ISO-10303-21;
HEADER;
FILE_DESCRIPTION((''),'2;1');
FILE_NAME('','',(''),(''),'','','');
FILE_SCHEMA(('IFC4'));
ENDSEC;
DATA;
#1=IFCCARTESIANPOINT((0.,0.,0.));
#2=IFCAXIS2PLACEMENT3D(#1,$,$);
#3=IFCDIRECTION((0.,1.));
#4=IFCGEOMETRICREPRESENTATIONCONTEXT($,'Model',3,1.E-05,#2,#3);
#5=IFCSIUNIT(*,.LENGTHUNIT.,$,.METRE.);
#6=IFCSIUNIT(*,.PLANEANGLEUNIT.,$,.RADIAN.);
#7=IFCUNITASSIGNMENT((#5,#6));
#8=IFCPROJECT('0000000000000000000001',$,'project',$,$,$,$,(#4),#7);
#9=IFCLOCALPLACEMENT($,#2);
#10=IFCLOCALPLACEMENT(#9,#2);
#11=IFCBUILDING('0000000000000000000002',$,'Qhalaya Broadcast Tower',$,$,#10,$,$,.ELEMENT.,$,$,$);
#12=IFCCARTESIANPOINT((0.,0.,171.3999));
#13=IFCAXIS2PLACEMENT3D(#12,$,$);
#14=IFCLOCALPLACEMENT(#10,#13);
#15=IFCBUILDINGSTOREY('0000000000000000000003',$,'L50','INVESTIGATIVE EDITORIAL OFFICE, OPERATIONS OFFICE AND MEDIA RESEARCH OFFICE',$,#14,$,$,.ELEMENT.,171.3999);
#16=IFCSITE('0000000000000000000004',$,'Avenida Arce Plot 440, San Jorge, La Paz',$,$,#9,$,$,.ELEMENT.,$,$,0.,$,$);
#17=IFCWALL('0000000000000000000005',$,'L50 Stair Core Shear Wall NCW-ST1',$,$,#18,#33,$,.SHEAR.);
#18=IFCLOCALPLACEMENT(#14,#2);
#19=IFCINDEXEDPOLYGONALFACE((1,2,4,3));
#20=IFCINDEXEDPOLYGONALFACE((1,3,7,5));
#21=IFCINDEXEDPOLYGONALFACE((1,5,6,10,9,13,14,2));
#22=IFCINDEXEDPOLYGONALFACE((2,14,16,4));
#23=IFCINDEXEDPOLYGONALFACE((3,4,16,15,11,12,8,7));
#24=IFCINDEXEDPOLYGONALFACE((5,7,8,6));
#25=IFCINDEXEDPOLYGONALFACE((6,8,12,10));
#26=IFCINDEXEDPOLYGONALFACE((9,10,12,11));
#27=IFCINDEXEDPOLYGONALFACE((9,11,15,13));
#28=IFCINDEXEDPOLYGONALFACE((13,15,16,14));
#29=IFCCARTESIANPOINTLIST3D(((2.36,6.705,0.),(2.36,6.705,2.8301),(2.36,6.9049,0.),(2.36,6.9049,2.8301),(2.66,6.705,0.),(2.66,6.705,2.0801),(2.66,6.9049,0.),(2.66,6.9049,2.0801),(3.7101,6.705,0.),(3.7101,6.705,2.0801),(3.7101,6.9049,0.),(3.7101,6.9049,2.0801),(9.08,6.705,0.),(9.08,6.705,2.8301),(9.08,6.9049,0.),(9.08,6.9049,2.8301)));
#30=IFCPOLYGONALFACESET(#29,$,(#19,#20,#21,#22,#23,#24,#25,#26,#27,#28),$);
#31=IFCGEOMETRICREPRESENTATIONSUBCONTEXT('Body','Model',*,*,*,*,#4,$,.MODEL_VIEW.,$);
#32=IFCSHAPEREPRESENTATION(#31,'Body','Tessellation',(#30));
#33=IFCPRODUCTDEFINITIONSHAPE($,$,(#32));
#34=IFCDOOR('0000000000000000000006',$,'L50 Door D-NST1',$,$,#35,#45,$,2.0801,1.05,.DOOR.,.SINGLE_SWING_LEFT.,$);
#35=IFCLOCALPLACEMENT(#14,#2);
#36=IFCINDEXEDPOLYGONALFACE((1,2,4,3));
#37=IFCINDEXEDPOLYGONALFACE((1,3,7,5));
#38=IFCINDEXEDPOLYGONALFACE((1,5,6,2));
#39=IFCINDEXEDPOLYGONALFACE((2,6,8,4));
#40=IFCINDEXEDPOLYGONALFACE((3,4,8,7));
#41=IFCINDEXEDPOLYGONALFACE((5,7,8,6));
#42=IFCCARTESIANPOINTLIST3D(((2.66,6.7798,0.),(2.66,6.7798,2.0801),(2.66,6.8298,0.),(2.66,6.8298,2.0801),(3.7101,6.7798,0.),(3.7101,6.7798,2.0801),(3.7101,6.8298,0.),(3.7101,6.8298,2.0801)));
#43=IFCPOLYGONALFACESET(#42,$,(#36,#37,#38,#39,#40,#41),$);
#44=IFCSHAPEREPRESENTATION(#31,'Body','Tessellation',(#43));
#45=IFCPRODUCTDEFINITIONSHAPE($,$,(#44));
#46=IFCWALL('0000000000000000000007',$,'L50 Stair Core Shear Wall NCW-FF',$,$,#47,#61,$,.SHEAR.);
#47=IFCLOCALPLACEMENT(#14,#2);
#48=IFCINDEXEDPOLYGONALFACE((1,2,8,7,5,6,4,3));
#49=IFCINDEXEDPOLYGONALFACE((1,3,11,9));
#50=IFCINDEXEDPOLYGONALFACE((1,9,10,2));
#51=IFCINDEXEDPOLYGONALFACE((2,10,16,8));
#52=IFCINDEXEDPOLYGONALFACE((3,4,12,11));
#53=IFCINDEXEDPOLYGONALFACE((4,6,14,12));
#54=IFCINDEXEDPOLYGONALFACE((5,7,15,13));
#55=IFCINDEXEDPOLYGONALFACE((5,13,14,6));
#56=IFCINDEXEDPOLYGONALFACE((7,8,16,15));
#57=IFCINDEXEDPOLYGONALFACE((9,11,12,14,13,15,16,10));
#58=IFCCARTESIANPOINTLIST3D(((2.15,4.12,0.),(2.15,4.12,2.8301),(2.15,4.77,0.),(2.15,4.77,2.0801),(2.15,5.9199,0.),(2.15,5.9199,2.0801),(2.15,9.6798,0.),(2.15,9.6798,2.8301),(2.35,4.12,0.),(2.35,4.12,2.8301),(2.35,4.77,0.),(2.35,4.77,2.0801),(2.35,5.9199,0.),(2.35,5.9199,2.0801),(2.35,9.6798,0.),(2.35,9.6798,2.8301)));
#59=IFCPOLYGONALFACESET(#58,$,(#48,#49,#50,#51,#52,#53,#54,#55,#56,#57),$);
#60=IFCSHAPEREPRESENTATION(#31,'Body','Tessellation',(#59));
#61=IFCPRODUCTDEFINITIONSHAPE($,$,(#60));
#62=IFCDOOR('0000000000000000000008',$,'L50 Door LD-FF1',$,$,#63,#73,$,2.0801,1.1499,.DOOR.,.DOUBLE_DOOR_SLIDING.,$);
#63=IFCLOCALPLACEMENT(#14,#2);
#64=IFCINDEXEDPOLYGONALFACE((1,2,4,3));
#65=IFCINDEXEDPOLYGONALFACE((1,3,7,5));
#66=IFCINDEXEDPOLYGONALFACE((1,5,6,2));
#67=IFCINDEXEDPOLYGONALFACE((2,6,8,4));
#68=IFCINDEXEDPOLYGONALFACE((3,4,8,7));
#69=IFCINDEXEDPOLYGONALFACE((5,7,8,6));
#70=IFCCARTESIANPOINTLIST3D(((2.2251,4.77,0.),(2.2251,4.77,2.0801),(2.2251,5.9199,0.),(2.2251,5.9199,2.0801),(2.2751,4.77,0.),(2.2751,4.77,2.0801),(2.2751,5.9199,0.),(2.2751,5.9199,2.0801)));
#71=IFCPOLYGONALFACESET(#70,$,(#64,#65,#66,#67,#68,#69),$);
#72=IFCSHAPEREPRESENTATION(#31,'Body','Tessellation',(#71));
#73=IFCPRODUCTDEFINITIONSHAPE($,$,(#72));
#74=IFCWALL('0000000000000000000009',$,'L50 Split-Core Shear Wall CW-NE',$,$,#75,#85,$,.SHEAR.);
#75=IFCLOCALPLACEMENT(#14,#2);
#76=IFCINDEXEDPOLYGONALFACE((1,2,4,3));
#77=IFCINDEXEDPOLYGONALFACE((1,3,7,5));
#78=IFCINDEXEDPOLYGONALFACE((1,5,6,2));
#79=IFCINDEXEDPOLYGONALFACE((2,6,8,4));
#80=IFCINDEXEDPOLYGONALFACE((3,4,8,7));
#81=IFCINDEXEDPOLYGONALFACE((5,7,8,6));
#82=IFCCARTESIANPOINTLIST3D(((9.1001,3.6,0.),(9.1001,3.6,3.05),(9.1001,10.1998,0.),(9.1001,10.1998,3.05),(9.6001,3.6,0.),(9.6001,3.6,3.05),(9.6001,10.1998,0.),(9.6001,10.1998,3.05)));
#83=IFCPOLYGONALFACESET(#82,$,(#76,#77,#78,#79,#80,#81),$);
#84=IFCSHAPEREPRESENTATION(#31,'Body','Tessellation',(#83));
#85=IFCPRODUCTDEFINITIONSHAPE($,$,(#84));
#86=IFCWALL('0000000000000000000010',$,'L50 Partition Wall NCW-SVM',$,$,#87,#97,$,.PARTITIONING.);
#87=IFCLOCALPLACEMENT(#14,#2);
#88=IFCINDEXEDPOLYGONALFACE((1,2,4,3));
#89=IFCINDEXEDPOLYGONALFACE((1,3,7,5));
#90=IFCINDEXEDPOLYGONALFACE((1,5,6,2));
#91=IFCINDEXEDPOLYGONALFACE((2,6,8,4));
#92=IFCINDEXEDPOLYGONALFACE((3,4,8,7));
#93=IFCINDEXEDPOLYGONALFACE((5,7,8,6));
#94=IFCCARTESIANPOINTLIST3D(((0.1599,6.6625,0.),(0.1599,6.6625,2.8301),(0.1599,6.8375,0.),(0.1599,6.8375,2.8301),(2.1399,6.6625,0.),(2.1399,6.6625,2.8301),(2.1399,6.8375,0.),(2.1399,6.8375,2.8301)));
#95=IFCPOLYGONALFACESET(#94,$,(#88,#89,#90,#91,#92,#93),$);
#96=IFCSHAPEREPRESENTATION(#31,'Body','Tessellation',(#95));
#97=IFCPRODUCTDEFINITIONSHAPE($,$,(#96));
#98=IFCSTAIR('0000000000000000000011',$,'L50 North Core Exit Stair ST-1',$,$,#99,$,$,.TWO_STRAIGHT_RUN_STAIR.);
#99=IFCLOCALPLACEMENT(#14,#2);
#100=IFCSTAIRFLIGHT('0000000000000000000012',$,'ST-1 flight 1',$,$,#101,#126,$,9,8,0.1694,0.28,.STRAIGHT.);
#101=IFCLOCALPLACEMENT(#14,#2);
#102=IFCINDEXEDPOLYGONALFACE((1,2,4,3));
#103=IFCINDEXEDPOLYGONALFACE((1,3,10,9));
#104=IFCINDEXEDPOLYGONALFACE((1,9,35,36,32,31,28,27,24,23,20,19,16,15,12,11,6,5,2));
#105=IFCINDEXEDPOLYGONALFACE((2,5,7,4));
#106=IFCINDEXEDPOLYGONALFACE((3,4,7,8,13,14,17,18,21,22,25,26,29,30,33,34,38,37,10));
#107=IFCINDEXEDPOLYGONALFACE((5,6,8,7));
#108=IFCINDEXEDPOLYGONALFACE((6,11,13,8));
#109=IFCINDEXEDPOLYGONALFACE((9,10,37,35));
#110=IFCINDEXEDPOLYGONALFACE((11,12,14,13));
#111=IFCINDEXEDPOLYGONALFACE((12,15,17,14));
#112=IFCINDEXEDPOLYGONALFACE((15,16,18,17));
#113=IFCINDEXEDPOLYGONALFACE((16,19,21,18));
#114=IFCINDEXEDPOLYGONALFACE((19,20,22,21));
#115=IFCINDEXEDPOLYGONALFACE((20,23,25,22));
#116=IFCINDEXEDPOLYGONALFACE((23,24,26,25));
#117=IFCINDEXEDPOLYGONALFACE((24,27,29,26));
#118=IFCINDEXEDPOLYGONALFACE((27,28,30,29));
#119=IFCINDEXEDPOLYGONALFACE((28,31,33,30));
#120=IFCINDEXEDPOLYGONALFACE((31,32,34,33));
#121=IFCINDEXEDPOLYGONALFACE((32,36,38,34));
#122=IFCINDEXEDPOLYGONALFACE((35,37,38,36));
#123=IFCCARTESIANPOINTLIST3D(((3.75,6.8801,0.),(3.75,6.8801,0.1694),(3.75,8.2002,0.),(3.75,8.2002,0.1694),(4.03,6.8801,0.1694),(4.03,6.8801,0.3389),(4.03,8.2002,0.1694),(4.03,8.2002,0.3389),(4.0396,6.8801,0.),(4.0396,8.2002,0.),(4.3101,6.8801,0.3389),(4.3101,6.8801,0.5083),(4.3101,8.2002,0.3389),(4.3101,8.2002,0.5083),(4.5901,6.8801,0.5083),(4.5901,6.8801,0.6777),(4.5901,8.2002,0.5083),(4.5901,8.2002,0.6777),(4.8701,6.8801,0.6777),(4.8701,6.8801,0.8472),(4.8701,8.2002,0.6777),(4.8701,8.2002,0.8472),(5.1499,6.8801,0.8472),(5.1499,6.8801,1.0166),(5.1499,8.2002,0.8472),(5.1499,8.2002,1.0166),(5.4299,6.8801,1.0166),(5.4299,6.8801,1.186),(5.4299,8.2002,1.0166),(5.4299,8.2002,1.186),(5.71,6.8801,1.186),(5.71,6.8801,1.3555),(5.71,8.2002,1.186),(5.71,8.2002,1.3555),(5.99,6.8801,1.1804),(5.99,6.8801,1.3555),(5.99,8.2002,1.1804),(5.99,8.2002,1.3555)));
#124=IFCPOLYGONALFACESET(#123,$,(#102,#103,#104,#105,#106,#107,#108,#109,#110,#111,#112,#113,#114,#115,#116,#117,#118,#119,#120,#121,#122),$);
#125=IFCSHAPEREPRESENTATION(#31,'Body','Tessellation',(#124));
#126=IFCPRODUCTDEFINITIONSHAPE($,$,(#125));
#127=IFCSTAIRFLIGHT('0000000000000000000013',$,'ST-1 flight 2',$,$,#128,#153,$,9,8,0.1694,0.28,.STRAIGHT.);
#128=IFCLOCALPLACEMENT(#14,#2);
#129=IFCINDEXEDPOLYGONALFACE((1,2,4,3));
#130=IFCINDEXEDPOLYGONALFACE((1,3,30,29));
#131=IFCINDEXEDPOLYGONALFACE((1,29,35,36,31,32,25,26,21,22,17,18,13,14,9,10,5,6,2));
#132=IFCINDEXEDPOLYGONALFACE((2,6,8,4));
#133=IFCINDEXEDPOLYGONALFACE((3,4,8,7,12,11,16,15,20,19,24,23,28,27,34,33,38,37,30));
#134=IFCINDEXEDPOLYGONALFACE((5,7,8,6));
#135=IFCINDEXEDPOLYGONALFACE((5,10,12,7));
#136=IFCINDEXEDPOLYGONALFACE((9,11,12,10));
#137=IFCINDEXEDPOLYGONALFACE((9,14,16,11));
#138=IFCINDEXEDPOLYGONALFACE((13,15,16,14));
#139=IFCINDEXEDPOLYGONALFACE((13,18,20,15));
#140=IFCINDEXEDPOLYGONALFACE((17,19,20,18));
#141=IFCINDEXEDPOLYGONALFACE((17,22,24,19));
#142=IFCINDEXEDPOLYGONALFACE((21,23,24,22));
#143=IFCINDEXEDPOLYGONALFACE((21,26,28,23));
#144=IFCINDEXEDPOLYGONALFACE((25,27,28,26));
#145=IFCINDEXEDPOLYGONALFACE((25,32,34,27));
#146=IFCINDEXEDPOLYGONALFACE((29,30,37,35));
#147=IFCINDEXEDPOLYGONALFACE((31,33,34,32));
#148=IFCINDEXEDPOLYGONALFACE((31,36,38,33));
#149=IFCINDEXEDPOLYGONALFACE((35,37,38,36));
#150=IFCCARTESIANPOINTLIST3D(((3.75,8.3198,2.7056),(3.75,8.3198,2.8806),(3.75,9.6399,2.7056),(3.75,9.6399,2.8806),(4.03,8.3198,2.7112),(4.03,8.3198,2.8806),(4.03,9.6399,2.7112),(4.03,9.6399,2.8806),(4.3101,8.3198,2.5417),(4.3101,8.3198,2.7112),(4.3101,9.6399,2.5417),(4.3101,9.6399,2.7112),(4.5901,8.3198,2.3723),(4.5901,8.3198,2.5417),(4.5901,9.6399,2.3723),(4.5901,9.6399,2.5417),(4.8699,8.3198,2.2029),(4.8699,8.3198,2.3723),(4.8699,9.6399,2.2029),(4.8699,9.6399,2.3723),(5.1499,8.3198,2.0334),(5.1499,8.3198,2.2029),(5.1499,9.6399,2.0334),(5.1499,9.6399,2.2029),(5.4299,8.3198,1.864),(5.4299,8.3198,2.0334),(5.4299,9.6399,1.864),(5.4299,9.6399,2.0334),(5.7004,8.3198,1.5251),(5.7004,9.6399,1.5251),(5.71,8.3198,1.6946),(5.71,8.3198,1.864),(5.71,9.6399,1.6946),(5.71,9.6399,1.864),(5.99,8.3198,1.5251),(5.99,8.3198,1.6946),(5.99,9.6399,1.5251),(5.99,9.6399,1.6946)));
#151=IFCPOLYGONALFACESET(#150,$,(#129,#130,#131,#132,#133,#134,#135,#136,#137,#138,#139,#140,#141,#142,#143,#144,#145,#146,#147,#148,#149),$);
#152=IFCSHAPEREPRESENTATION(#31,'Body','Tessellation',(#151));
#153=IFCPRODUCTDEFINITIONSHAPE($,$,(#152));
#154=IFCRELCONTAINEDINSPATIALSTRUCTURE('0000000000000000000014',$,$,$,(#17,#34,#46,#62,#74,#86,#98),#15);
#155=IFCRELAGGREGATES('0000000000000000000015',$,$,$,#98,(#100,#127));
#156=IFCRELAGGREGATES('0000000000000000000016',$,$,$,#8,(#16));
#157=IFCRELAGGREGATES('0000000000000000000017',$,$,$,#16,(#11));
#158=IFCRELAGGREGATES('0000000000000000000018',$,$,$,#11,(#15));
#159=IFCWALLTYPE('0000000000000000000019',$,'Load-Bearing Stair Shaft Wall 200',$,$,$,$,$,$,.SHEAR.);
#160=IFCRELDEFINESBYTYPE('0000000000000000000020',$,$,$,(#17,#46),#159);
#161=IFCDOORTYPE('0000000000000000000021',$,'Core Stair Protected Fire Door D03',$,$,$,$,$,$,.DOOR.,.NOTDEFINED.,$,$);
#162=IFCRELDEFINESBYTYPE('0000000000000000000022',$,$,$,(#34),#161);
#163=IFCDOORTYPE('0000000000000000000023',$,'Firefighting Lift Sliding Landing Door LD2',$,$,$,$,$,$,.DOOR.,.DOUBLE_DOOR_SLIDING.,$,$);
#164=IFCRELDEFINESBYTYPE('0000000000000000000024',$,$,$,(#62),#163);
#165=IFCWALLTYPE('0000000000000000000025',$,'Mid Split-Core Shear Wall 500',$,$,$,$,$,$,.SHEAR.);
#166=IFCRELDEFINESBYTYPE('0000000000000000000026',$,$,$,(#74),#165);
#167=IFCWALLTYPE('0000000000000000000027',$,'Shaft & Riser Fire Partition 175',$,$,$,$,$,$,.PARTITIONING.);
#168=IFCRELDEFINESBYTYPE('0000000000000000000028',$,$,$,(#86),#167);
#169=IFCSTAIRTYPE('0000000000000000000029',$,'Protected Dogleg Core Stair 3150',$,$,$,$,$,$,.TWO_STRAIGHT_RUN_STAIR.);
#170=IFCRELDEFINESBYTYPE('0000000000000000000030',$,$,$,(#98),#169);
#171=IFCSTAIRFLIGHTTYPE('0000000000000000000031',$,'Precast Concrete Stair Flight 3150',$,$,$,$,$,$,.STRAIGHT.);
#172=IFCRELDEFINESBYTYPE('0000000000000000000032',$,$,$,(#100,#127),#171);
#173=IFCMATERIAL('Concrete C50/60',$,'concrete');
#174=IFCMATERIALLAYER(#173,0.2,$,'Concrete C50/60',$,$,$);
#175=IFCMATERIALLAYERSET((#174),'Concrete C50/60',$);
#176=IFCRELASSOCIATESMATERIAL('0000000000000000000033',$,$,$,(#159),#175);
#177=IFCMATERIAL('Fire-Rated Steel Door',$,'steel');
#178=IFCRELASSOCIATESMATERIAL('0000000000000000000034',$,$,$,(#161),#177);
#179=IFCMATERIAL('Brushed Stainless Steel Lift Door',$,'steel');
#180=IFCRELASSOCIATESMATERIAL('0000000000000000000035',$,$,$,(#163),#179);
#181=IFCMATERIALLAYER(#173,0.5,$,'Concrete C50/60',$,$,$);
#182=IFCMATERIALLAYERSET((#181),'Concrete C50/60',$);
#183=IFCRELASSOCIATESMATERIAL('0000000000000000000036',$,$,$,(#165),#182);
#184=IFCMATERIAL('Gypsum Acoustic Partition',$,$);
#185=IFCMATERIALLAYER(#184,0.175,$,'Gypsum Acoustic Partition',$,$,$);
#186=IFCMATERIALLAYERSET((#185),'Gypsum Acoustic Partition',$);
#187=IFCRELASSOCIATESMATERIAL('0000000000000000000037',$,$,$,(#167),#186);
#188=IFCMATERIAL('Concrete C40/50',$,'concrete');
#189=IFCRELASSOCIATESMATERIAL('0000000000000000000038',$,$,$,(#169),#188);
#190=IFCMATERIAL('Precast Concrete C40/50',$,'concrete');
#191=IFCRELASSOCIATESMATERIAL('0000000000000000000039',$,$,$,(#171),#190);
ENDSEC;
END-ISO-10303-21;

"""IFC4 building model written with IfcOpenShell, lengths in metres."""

from ifc_helpers import new_model, si_unit, direction, frame, frame_2d, origin, place, context, subcontext, project, spatial, polyline, rectangle, outline, extrude, material, layer, layer_set, type_object, element, fill, aggregate, save


model = new_model("IFC4")

# Units and contexts
model_context = context("Model", 3, precision=1e-05, world=origin(), true_north=direction((0.0, 1.0)))
body_context = subcontext(model_context, "Body", "Model", "MODEL_VIEW")
ifc_project = project(units=[si_unit("LENGTHUNIT", "METRE"), si_unit("PLANEANGLEUNIT", "RADIAN")], contexts=[model_context])

# Site, building, storey
site_placement = place(None, origin())
site = spatial("IfcSite", under=ifc_project, at=site_placement, Name="Avenida Arce Plot 440, San Jorge, La Paz", CompositionType="ELEMENT", RefElevation=0.0)
building_placement = place(site_placement, origin())
building = spatial("IfcBuilding", under=site, at=building_placement, Name="Qhalaya Broadcast Tower", CompositionType="ELEMENT")
storey_placement = place(building_placement, frame((0.0, 0.0, 171.3999)))
storey = spatial("IfcBuildingStorey", under=building, at=storey_placement, Name="L50", Description="INVESTIGATIVE EDITORIAL OFFICE, OPERATIONS OFFICE AND MEDIA RESEARCH OFFICE", CompositionType="ELEMENT", Elevation=171.3999)

# Shared definitions
ifc_material_1 = material(Name="Concrete C50/60", Category="concrete")

# Shared definitions
ifc_material_2 = material(Name="Gypsum Acoustic Partition")
ifc_material_3 = material(Name="Fire-Rated Steel Door", Category="steel")

# Walls, openings, doors
ifc_layer_1 = layer(ifc_material_1, 0.2, Name="Concrete C50/60")
ifc_layer_set_1 = layer_set([ifc_layer_1], Name="Concrete C50/60")
wall_type_1 = type_object("IfcWallType", Name="Load-Bearing Stair Shaft Wall 200", PredefinedType="SHEAR", material=ifc_layer_set_1)
wall_1_placement = place(storey_placement, frame((2.3601, 6.8049, 0.0), z_axis=(0.0, 0.0, 1.0), x_axis=(1.0, 0.0, 0.0)))
wall_1 = element("IfcWall", 1, at=wall_1_placement, inside=storey, type_object=wall_type_1, Name="L50 Stair Core Shear Wall NCW-ST1", PredefinedType="SHEAR", context=body_context, shape_type="SweptSolid", body=[
    extrude(rectangle(XDim=6.72, YDim=0.2, at=frame_2d((3.3599, 0.0))), origin(), (0.0, 0.0, 1.0), 2.8301),
])
opening_1_placement = place(wall_1_placement, frame((0.3, 0.0, 0.0)))
opening_1 = element("IfcOpeningElement", 2, at=opening_1_placement, cuts=wall_1, PredefinedType="OPENING", context=body_context, shape_type="SweptSolid", body=[
    extrude(rectangle(XDim=1.05, YDim=2.0801, at=frame_2d((0.5249, 1.04))), frame((0.0, 0.1121, 0.0), z_axis=(0.0, -1.0, 0.0), x_axis=(1.0, 0.0, 0.0)), (0.0, 0.0, 1.0), 0.2239),
])
door_type_1 = type_object("IfcDoorType", Name="Core Stair Protected Fire Door D03", OperationType="NOTDEFINED", PredefinedType="DOOR", material=ifc_material_3)
door_1_placement = place(opening_1_placement, origin())
door_1 = element("IfcDoor", 3, at=door_1_placement, inside=storey, type_object=door_type_1, Name="L50 Door D-NST1", OperationType="SINGLE_SWING_LEFT", OverallHeight=2.0801, OverallWidth=1.05, PredefinedType="DOOR", context=body_context, shape_type="SweptSolid", body=[
    extrude(rectangle(XDim=1.05, YDim=2.0801, at=frame_2d((0.5249, 1.04))), frame((0.0, 0.0249, 0.0), z_axis=(0.0, -1.0, 0.0), x_axis=(1.0, 0.0, 0.0)), (0.0, 0.0, 1.0), 0.05),
])
fill(opening_1, door_1)
wall_2_placement = place(storey_placement, frame((2.25, 4.1201, 0.0), z_axis=(0.0, 0.0, 1.0), x_axis=(0.0, 1.0, 0.0)))
wall_2 = element("IfcWall", 4, at=wall_2_placement, inside=storey, type_object=wall_type_1, Name="L50 Stair Core Shear Wall NCW-FF", PredefinedType="SHEAR", context=body_context, shape_type="SweptSolid", body=[
    extrude(rectangle(XDim=5.5598, YDim=0.2, at=frame_2d((2.7798, 0.0))), origin(), (0.0, 0.0, 1.0), 2.8301),
])
opening_2_placement = place(wall_2_placement, frame((0.6499, 0.0, 0.0)))
opening_2 = element("IfcOpeningElement", 5, at=opening_2_placement, cuts=wall_2, PredefinedType="OPENING", context=body_context, shape_type="SweptSolid", body=[
    extrude(rectangle(XDim=1.1499, YDim=2.0801, at=frame_2d((0.575, 1.04))), frame((0.0, 0.1121, 0.0), z_axis=(0.0, -1.0, 0.0), x_axis=(1.0, 0.0, 0.0)), (0.0, 0.0, 1.0), 0.2239),
])
ifc_material_4 = material(Name="Brushed Stainless Steel Lift Door", Category="steel")
door_type_2 = type_object("IfcDoorType", Name="Firefighting Lift Sliding Landing Door LD2", OperationType="DOUBLE_DOOR_SLIDING", PredefinedType="DOOR", material=ifc_material_4)
door_2_placement = place(opening_2_placement, origin())
door_2 = element("IfcDoor", 6, at=door_2_placement, inside=storey, type_object=door_type_2, Name="L50 Door LD-FF1", OperationType="DOUBLE_DOOR_SLIDING", OverallHeight=2.0801, OverallWidth=1.1499, PredefinedType="DOOR", context=body_context, shape_type="SweptSolid", body=[
    extrude(rectangle(XDim=1.1499, YDim=2.0801, at=frame_2d((0.575, 1.04))), frame((0.0, 0.0249, 0.0), z_axis=(0.0, -1.0, 0.0), x_axis=(1.0, 0.0, 0.0)), (0.0, 0.0, 1.0), 0.05),
])
fill(opening_2, door_2)

# Wall
ifc_layer_2 = layer(ifc_material_1, 0.5, Name="Concrete C50/60")
ifc_layer_set_2 = layer_set([ifc_layer_2], Name="Concrete C50/60")
wall_type_2 = type_object("IfcWallType", Name="Mid Split-Core Shear Wall 500", PredefinedType="SHEAR", material=ifc_layer_set_2)
wall_3_placement = place(storey_placement, frame((9.3501, 3.6001, 0.0), z_axis=(0.0, 0.0, 1.0), x_axis=(0.0, 1.0, 0.0)))
element("IfcWall", 7, at=wall_3_placement, inside=storey, type_object=wall_type_2, Name="L50 Split-Core Shear Wall CW-NE", PredefinedType="SHEAR", context=body_context, shape_type="SweptSolid", body=[
    extrude(rectangle(XDim=6.5999, YDim=0.5, at=frame_2d((3.2998, 0.0))), origin(), (0.0, 0.0, 1.0), 3.05),
])

# Shared definitions
ifc_layer_3 = layer(ifc_material_2, 0.175, Name="Gypsum Acoustic Partition")
ifc_layer_set_3 = layer_set([ifc_layer_3], Name="Gypsum Acoustic Partition")
wall_type_3 = type_object("IfcWallType", Name="Shaft & Riser Fire Partition 175", PredefinedType="PARTITIONING", material=ifc_layer_set_3)

# Wall
wall_4_placement = place(storey_placement, frame((0.1599, 6.75, 0.0), z_axis=(0.0, 0.0, 1.0), x_axis=(1.0, 0.0, 0.0)))
element("IfcWall", 8, at=wall_4_placement, inside=storey, type_object=wall_type_3, Name="L50 Partition Wall NCW-SVM", PredefinedType="PARTITIONING", context=body_context, shape_type="SweptSolid", body=[
    extrude(rectangle(XDim=1.98, YDim=0.175, at=frame_2d((0.99, 0.0))), origin(), (0.0, 0.0, 1.0), 2.8301),
])

# Stair, stair flights
ifc_material_5 = material(Name="Concrete C40/50", Category="concrete")
stair_type = type_object("IfcStairType", Name="Protected Dogleg Core Stair 3150", PredefinedType="TWO_STRAIGHT_RUN_STAIR", material=ifc_material_5)
stair_placement = place(storey_placement, origin())
stair = element("IfcStair", 9, at=stair_placement, inside=storey, type_object=stair_type, Name="L50 North Core Exit Stair ST-1", PredefinedType="TWO_STRAIGHT_RUN_STAIR")
ifc_material_6 = material(Name="Precast Concrete C40/50", Category="concrete")
stair_flight_type = type_object("IfcStairFlightType", Name="Precast Concrete Stair Flight 3150", PredefinedType="STRAIGHT", material=ifc_material_6)
stair_flight_1_placement = place(storey_placement, frame((3.75, 7.54, 0.0), z_axis=(0.0, 0.0, 1.0), x_axis=(1.0, 0.0, 0.0)))
stair_flight_1 = element("IfcStairFlight", 10, at=stair_flight_1_placement, type_object=stair_flight_type, Name="ST-1 flight 1", NumberOfRisers=9, NumberOfTreads=8, PredefinedType="STRAIGHT", RiserHeight=0.1694, TreadLength=0.28, context=body_context, shape_type="SweptSolid", body=[
    extrude(outline(polyline([(0.0, 0.0), (0.0, 0.1694), (0.28, 0.1694), (0.28, 0.3389), (0.5601, 0.3389), (0.5601, 0.5083), (0.8401, 0.5083), (0.8401, 0.6777), (1.1201, 0.6777), (1.1201, 0.8472), (1.3999, 0.8472), (1.3999, 1.0166), (1.6799, 1.0166), (1.6799, 1.186), (1.96, 1.186), (1.96, 1.3555), (2.24, 1.3555), (2.24, 1.5249), (2.24, 1.1804), (0.2896, 0.0), (0.0, 0.0)])), frame((0.0, 0.6602, 0.0), z_axis=(0.0, -1.0, 0.0), x_axis=(1.0, 0.0, 0.0)), (0.0, 0.0, 1.0), 1.3201),
])
stair_flight_2_placement = place(storey_placement, frame((5.99, 8.98, 1.5251), z_axis=(0.0, 0.0, 1.0), x_axis=(-1.0, 0.0, 0.0)))
stair_flight_2 = element("IfcStairFlight", 11, at=stair_flight_2_placement, type_object=stair_flight_type, Name="ST-1 flight 2", NumberOfRisers=9, NumberOfTreads=8, PredefinedType="STRAIGHT", RiserHeight=0.1694, TreadLength=0.28, context=body_context, shape_type="SweptSolid", body=[
    extrude(outline(polyline([(0.0, 0.0), (0.0, 0.1694), (0.28, 0.1694), (0.28, 0.3389), (0.5601, 0.3389), (0.5601, 0.5083), (0.8401, 0.5083), (0.8401, 0.6777), (1.1201, 0.6777), (1.1201, 0.8472), (1.3999, 0.8472), (1.3999, 1.0166), (1.6799, 1.0166), (1.6799, 1.186), (1.96, 1.186), (1.96, 1.3555), (2.24, 1.3555), (2.24, 1.5249), (2.24, 1.1804), (0.2896, 0.0), (0.0, 0.0)])), frame((0.0, 0.6602, 0.0), z_axis=(0.0, -1.0, 0.0), x_axis=(1.0, 0.0, 0.0)), (0.0, 0.0, 1.0), 1.3201),
])
aggregate(stair, [stair_flight_1, stair_flight_2])

save(model, "model.ifc")
